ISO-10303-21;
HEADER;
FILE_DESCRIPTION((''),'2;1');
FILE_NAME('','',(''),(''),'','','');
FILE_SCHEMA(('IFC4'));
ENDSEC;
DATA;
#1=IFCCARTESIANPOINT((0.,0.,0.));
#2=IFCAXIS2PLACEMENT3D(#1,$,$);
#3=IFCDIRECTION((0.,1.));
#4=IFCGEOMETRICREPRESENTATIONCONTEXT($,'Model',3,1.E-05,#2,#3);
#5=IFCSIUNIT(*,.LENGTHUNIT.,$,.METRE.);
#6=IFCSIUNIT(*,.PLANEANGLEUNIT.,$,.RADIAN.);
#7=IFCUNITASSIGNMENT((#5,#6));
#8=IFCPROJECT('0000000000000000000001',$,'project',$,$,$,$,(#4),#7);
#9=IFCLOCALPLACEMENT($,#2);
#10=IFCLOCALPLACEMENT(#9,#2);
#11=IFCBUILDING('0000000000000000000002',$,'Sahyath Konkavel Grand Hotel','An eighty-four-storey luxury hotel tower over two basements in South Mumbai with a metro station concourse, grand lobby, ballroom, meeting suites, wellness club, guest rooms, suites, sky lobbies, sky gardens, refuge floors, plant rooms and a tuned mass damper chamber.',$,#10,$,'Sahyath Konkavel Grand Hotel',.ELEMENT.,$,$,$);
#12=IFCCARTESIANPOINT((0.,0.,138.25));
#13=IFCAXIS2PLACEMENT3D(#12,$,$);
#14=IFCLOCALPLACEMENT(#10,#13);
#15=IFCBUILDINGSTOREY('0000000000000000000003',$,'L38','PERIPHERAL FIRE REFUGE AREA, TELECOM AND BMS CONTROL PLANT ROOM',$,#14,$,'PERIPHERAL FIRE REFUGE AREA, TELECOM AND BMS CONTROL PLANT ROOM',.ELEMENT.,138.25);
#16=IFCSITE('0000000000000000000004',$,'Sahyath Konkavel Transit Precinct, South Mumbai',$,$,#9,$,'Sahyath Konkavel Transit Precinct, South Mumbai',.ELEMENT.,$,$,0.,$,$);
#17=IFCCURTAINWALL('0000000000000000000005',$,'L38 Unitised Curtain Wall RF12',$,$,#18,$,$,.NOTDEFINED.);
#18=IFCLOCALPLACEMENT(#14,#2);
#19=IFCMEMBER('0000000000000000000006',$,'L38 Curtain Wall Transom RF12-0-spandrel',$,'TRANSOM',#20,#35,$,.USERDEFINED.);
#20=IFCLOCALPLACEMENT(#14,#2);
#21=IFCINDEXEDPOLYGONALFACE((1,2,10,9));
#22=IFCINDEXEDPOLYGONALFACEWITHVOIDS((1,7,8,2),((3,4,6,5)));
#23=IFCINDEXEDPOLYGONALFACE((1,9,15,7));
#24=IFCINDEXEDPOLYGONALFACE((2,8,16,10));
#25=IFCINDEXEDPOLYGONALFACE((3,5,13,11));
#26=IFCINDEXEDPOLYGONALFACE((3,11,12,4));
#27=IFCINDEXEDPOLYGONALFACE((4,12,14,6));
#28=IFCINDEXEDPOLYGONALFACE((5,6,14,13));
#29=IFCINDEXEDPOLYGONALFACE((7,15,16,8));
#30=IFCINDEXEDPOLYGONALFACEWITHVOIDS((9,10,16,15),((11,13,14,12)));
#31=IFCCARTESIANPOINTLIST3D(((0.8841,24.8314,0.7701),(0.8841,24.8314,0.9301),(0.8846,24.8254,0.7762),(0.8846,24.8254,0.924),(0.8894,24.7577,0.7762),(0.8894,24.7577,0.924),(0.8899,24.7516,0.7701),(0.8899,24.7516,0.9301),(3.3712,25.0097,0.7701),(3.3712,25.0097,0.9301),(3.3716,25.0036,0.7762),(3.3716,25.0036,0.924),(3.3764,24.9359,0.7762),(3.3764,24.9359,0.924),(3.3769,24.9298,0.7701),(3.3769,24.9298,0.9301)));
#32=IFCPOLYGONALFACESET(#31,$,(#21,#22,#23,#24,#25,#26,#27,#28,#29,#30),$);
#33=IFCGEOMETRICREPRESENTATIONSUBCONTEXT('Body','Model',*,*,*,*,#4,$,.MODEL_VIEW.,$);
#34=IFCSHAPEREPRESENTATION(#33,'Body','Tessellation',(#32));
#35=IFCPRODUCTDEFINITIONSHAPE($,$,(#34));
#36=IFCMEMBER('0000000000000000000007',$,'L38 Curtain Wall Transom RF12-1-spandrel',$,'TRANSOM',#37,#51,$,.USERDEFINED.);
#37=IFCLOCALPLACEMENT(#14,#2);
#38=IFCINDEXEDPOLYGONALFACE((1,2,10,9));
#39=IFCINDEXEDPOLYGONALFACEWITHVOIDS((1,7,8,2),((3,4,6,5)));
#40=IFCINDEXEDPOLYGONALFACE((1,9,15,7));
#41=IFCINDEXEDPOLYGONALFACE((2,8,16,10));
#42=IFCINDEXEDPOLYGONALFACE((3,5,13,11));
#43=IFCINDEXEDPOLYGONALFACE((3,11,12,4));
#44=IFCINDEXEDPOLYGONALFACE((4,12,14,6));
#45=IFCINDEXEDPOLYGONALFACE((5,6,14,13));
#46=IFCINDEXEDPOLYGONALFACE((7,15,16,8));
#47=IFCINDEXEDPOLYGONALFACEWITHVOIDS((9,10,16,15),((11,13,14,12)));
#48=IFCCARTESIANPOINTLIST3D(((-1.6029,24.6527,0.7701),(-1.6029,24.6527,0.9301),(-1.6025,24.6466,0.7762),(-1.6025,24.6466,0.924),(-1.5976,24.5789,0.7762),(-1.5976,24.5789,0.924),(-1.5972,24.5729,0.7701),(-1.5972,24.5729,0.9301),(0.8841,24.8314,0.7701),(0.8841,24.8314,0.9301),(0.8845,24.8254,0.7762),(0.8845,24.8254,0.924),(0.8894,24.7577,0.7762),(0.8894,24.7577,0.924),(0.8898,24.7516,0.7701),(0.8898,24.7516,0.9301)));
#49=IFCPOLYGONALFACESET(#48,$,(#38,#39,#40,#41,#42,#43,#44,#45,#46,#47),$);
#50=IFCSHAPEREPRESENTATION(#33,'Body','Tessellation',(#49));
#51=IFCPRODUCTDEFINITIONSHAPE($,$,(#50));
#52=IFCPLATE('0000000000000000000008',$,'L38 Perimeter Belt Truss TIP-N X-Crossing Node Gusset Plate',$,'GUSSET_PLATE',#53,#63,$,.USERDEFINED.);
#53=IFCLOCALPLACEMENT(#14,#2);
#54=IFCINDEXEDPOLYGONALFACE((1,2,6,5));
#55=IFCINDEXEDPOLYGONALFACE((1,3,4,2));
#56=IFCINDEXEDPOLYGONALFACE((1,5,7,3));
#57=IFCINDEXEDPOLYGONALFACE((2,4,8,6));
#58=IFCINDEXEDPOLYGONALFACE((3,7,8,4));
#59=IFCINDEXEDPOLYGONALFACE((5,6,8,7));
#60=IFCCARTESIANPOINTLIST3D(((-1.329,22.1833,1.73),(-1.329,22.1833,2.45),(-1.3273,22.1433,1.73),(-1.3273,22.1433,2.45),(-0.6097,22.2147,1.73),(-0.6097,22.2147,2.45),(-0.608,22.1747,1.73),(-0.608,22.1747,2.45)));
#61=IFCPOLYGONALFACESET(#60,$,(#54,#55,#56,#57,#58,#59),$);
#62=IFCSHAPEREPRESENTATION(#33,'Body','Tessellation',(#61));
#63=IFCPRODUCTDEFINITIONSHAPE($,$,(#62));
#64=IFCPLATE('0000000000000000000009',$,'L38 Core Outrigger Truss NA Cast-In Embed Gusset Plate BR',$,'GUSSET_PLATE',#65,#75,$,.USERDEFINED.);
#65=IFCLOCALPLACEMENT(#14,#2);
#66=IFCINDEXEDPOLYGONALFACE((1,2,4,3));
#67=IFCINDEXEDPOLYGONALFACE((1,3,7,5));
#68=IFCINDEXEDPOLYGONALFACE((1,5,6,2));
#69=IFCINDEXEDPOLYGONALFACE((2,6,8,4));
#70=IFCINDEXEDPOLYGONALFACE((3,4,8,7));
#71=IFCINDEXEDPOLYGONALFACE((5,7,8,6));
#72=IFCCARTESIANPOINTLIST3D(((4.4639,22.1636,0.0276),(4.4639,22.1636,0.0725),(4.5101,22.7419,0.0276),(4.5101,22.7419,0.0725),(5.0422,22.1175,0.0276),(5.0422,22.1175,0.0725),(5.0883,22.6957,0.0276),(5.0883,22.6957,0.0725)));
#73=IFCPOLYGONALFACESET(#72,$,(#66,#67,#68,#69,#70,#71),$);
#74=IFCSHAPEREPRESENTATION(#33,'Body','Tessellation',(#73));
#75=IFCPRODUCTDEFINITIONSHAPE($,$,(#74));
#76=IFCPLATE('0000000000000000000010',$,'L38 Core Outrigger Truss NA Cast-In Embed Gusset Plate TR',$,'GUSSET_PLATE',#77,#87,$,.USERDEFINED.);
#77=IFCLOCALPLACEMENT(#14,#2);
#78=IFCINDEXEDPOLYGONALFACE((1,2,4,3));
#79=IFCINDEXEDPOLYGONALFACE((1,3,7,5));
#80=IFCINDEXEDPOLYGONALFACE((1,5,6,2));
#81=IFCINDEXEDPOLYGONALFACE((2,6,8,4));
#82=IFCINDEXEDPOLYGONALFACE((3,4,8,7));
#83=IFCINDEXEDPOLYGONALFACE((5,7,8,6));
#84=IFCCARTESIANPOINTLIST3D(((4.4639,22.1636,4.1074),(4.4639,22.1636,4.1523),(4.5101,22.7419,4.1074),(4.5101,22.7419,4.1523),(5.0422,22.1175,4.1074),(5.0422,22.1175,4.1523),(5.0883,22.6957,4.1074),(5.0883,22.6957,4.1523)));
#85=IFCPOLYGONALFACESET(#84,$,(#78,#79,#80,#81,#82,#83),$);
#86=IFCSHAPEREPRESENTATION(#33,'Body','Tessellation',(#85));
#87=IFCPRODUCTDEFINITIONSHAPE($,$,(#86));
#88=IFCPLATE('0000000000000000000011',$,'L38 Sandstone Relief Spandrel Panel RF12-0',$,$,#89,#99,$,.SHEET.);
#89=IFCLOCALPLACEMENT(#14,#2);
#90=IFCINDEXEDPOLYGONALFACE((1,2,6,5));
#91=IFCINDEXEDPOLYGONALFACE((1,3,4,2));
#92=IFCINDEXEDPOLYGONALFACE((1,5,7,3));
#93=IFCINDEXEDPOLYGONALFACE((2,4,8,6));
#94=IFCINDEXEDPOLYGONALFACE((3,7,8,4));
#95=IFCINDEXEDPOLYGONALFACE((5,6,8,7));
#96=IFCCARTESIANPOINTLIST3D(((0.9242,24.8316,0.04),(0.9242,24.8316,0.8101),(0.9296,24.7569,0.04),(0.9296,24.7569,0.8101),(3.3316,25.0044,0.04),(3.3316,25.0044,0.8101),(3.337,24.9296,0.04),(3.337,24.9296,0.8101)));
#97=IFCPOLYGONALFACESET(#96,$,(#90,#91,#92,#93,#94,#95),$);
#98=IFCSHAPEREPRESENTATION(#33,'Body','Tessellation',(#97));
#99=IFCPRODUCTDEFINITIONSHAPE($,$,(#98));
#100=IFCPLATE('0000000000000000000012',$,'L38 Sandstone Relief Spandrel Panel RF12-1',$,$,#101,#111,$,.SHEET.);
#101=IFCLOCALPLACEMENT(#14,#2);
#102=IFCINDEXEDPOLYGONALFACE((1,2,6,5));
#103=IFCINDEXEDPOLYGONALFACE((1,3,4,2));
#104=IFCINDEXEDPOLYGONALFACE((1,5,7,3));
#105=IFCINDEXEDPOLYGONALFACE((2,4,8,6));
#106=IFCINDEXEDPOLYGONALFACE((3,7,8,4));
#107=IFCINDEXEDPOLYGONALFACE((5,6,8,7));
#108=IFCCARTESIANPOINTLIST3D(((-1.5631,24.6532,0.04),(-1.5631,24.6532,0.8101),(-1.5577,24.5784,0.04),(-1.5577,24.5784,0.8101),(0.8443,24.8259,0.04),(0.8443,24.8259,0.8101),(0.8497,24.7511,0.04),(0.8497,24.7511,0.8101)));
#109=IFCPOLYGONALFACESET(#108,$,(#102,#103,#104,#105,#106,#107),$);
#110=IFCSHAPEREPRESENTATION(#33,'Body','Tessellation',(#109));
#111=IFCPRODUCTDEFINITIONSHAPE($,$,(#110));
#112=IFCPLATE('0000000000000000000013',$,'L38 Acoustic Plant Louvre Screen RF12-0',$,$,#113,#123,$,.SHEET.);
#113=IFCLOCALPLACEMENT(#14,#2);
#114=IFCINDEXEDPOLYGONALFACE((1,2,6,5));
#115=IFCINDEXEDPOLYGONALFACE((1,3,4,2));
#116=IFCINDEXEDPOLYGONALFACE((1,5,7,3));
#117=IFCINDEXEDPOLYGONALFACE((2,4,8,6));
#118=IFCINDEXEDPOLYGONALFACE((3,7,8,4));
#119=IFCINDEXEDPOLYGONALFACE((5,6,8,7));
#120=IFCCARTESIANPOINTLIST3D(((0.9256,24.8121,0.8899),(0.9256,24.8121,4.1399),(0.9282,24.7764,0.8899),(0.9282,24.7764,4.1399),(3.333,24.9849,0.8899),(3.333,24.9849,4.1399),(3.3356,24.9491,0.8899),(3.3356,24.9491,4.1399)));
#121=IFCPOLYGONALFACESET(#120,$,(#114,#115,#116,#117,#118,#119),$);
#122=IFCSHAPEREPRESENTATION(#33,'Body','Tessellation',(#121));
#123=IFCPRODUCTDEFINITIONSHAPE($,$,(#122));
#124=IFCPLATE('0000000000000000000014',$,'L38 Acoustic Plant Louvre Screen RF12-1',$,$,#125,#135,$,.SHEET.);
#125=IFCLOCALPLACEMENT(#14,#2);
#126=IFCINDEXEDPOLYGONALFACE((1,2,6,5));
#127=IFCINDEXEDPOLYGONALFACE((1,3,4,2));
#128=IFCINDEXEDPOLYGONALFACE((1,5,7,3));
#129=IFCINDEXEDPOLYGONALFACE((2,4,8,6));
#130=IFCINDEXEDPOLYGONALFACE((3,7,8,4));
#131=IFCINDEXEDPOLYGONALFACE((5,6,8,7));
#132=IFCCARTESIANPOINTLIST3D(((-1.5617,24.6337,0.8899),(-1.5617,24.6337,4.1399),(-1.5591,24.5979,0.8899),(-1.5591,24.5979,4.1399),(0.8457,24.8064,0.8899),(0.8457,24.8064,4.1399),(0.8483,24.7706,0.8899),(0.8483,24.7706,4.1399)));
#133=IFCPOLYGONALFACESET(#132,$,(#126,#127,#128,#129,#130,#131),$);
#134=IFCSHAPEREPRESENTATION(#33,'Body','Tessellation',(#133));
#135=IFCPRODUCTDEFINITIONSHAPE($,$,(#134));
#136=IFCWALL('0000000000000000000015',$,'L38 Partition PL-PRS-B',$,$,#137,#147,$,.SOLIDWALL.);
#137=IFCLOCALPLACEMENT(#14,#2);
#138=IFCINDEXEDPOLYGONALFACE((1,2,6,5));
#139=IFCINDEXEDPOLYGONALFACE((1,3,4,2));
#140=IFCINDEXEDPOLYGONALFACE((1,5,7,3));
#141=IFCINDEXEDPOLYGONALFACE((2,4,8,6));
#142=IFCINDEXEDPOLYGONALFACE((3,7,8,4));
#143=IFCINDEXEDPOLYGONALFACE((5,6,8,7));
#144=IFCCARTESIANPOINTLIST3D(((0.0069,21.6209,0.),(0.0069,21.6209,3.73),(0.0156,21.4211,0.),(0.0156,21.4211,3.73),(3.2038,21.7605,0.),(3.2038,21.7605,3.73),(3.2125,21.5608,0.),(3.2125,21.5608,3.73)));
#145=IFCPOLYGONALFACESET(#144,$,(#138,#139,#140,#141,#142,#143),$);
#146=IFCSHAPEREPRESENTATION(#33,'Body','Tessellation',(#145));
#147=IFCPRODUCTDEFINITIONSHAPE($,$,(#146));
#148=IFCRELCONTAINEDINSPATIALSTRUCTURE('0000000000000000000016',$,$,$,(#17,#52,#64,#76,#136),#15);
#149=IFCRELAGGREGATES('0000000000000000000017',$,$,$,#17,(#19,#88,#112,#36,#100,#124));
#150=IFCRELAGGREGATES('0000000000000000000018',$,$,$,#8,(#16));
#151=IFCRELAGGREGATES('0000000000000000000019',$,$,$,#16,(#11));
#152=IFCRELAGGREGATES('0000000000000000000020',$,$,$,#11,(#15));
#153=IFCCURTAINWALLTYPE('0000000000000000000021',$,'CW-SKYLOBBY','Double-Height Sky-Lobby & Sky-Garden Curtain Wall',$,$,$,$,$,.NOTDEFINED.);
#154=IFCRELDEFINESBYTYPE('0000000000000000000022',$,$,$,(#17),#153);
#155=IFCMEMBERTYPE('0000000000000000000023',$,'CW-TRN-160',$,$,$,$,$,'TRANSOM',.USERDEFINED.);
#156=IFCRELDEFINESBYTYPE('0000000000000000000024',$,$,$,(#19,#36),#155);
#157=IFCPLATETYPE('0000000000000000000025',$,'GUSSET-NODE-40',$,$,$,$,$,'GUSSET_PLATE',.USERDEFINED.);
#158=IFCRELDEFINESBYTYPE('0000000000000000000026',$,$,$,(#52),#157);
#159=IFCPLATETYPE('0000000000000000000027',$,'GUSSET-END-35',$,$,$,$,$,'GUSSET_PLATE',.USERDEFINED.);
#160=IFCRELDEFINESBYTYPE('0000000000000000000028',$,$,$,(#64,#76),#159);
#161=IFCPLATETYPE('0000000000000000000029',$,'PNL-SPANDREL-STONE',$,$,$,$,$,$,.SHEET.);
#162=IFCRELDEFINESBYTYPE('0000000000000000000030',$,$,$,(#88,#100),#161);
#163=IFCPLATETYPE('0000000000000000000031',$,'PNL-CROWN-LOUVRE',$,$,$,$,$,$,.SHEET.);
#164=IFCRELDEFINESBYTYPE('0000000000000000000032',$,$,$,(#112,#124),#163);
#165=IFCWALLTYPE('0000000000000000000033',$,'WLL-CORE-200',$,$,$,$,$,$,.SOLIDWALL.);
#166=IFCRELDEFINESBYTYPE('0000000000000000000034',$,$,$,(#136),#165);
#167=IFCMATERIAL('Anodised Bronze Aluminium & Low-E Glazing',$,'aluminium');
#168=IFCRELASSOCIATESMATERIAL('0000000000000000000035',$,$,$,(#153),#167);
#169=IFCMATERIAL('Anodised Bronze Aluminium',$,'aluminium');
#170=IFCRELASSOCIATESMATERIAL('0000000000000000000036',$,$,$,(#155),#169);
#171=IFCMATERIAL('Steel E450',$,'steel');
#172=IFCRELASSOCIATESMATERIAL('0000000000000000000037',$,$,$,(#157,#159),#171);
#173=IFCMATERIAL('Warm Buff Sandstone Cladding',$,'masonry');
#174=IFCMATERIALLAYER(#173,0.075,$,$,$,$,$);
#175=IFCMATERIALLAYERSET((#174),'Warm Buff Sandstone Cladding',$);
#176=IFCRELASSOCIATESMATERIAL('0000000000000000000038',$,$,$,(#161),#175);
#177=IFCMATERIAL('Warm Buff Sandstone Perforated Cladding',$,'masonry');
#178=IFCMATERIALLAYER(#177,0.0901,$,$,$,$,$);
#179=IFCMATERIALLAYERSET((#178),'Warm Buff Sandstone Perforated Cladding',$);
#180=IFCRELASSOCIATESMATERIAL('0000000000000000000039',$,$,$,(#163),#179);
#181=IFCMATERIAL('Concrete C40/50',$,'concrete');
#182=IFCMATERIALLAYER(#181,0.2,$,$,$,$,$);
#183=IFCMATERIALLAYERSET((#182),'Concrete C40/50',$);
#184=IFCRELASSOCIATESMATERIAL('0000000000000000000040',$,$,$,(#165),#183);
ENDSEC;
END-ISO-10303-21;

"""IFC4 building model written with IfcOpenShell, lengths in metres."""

from ifc_helpers import new_model, si_unit, direction, frame, frame_2d, origin, origin_2d, place, context, subcontext, project, spatial, rectangle, hollow_rectangle, extrude, source, transform, mapped, material, layer, layer_set, material_profile, profile_set, type_object, element, aggregate, save


model = new_model("IFC4")

# Units and contexts
model_context = context("Model", 3, precision=1e-05, world=origin(), true_north=direction((0.0, 1.0)))
body_context = subcontext(model_context, "Body", "Model", "MODEL_VIEW")
ifc_project = project(units=[si_unit("LENGTHUNIT", "METRE"), si_unit("PLANEANGLEUNIT", "RADIAN")], contexts=[model_context])

# Site, building, storey
site_placement = place(None, origin())
site = spatial("IfcSite", under=ifc_project, at=site_placement, Name="Sahyath Konkavel Transit Precinct, South Mumbai", LongName="Sahyath Konkavel Transit Precinct, South Mumbai", CompositionType="ELEMENT", RefElevation=0.0)
building_placement = place(site_placement, origin())
building = spatial("IfcBuilding", under=site, at=building_placement, Name="Sahyath Konkavel Grand Hotel", Description="An eighty-four-storey luxury hotel tower over two basements in South Mumbai with a metro station concourse, grand lobby, ballroom, meeting suites, wellness club, guest rooms, suites, sky lobbies, sky gardens, refuge floors, plant rooms and a tuned mass damper chamber.", LongName="Sahyath Konkavel Grand Hotel", CompositionType="ELEMENT")
storey_placement = place(building_placement, frame((0.0, 0.0, 138.25)))
storey = spatial("IfcBuildingStorey", under=building, at=storey_placement, Name="L38", Description="PERIPHERAL FIRE REFUGE AREA, TELECOM AND BMS CONTROL PLANT ROOM", LongName="PERIPHERAL FIRE REFUGE AREA, TELECOM AND BMS CONTROL PLANT ROOM", CompositionType="ELEMENT", Elevation=138.25)

# Shared definitions
ifc_material_1 = material(Name="Steel E450", Category="steel")

# Shared definitions
ifc_material_2 = material(Name="Anodised Bronze Aluminium & Low-E Glazing", Category="aluminium")
curtain_wall_type = type_object("IfcCurtainWallType", Name="CW-SKYLOBBY", Description="Double-Height Sky-Lobby & Sky-Garden Curtain Wall", PredefinedType="NOTDEFINED", material=ifc_material_2)
ifc_material_3 = material(Name="Anodised Bronze Aluminium", Category="aluminium")

# Curtain wall, members
curtain_wall_1_placement = place(storey_placement, origin())
curtain_wall_1 = element("IfcCurtainWall", 1, at=curtain_wall_1_placement, inside=storey, type_object=curtain_wall_type, Name="L38 Unitised Curtain Wall RF12", PredefinedType="NOTDEFINED")
ifc_material_profile_1 = material_profile(ifc_material_3, hollow_rectangle(XDim=0.0801, YDim=0.1599, WallThickness=0.0061, at=origin_2d()), Name="RHS 160x80x6")
ifc_profile_set_1 = profile_set([ifc_material_profile_1], Name="Anodised Bronze Aluminium")
member_type_1 = type_object("IfcMemberType", Name="CW-TRN-160", ElementType="TRANSOM", PredefinedType="USERDEFINED", material=ifc_profile_set_1)
shared_shape_1 = source(origin(), body_context, "Body", "SweptSolid", [
    extrude(hollow_rectangle(XDim=0.0801, YDim=0.1599, WallThickness=0.0061, at=origin_2d()), origin(), (0.0, 0.0, 1.0), 2.4934),
])
member_1_placement = place(storey_placement, frame((3.374, 24.9697, 0.8501), z_axis=(-0.997442, -0.071477, 0.0), x_axis=(0.071477, -0.997442, 0.0)))
member_1 = element("IfcMember", 2, at=member_1_placement, type_object=member_type_1, Name="L38 Curtain Wall Transom RF12-0-spandrel", ObjectType="TRANSOM", PredefinedType="USERDEFINED", context=body_context, shape_type="MappedRepresentation", body=[
    mapped(shared_shape_1, transform((0.0, 0.0, 0.0), scale=1.0)),
])
member_2_placement = place(storey_placement, frame((0.887, 24.7915, 0.8501), z_axis=(-0.997428, -0.071671, 0.0), x_axis=(0.071671, -0.997428, 0.0)))
member_2 = element("IfcMember", 3, at=member_2_placement, type_object=member_type_1, Name="L38 Curtain Wall Transom RF12-1-spandrel", ObjectType="TRANSOM", PredefinedType="USERDEFINED", context=body_context, shape_type="MappedRepresentation", body=[
    mapped(shared_shape_1, transform((0.0, 0.0, 0.0), scale=1.0)),
])

# Plates
plate_type_1 = type_object("IfcPlateType", Name="GUSSET-NODE-40", ElementType="GUSSET_PLATE", PredefinedType="USERDEFINED", material=ifc_material_1)
shared_shape_2 = source(origin(), body_context, "Body", "SweptSolid", [
    extrude(rectangle(XDim=0.72, YDim=0.04, at=origin_2d()), origin(), (0.0, 0.0, 1.0), 0.72),
])
plate_1_placement = place(storey_placement, frame((-0.9685, 22.179, 1.73), z_axis=(0.0, 0.0, 1.0), x_axis=(-0.999048, -0.043619, 0.0)))
element("IfcPlate", 4, at=plate_1_placement, inside=storey, type_object=plate_type_1, Name="L38 Perimeter Belt Truss TIP-N X-Crossing Node Gusset Plate", ObjectType="GUSSET_PLATE", PredefinedType="USERDEFINED", context=body_context, shape_type="MappedRepresentation", body=[
    mapped(shared_shape_2, transform((0.0, 0.0, 0.0), scale=1.0)),
])
plate_type_2 = type_object("IfcPlateType", Name="GUSSET-END-35", ElementType="GUSSET_PLATE", PredefinedType="USERDEFINED", material=ifc_material_1)
shared_shape_3 = source(origin(), body_context, "Body", "SweptSolid", [
    extrude(rectangle(XDim=0.5801, YDim=0.5801, at=origin_2d()), origin(), (0.0, 0.0, 1.0), 0.0449),
])
for number, where, z_axis, x_axis, name in (
    (5, (4.7761, 22.4297, 0.0276), (0.0, 0.0, 1.0), (0.079573, 0.996829, 0.0), "L38 Core Outrigger Truss NA Cast-In Embed Gusset Plate BR"),
    (6, (4.7761, 22.4297, 4.1074), (0.0, 0.0, 1.0), (0.079573, 0.996829, 0.0), "L38 Core Outrigger Truss NA Cast-In Embed Gusset Plate TR"),
):
    element("IfcPlate", number, at=place(storey_placement, frame(where, z_axis=z_axis, x_axis=x_axis)), inside=storey, type_object=plate_type_2, Name=name, ObjectType="GUSSET_PLATE", PredefinedType="USERDEFINED", context=body_context, shape_type="MappedRepresentation", body=[
        mapped(shared_shape_3, transform((0.0, 0.0, 0.0), scale=1.0)),
    ])

# Plates
ifc_material_4 = material(Name="Warm Buff Sandstone Cladding", Category="masonry")
ifc_layer_1 = layer(ifc_material_4, 0.075)
ifc_layer_set_1 = layer_set([ifc_layer_1], Name="Warm Buff Sandstone Cladding")
plate_type_3 = type_object("IfcPlateType", Name="PNL-SPANDREL-STONE", PredefinedType="SHEET", material=ifc_layer_set_1)
shared_shape_4 = source(origin(), body_context, "Body", "SweptSolid", [
    extrude(rectangle(XDim=2.4136, YDim=0.075, at=origin_2d()), origin(), (0.0, 0.0, 1.0), 0.77),
])
plate_2_placement = place(storey_placement, frame((2.1306, 24.8806, 0.04), z_axis=(0.0, 0.0, 1.0), x_axis=(-0.997436, -0.071567, 0.0)))
plate_2 = element("IfcPlate", 7, at=plate_2_placement, type_object=plate_type_3, Name="L38 Sandstone Relief Spandrel Panel RF12-0", PredefinedType="SHEET", context=body_context, shape_type="MappedRepresentation", body=[
    mapped(shared_shape_4, transform((0.0, 0.0, 0.0), scale=1.0)),
])
plate_3_placement = place(storey_placement, frame((-0.3567, 24.7021, 0.04), z_axis=(0.0, 0.0, 1.0), x_axis=(-0.997436, -0.071567, 0.0)))
plate_3 = element("IfcPlate", 8, at=plate_3_placement, type_object=plate_type_3, Name="L38 Sandstone Relief Spandrel Panel RF12-1", PredefinedType="SHEET", context=body_context, shape_type="MappedRepresentation", body=[
    mapped(shared_shape_4, transform((0.0, 0.0, 0.0), scale=1.0)),
])
ifc_material_5 = material(Name="Warm Buff Sandstone Perforated Cladding", Category="masonry")
ifc_layer_2 = layer(ifc_material_5, 0.0901)
ifc_layer_set_2 = layer_set([ifc_layer_2], Name="Warm Buff Sandstone Perforated Cladding")
plate_type_4 = type_object("IfcPlateType", Name="PNL-CROWN-LOUVRE", PredefinedType="SHEET", material=ifc_layer_set_2)
shared_shape_5 = source(origin(), body_context, "Body", "SweptSolid", [
    extrude(rectangle(XDim=2.4136, YDim=0.0359, at=origin_2d()), origin(), (0.0, 0.0, 1.0), 3.25),
])
plate_4_placement = place(storey_placement, frame((2.1306, 24.8806, 0.8899), z_axis=(0.0, 0.0, 1.0), x_axis=(-0.997436, -0.071567, 0.0)))
plate_4 = element("IfcPlate", 9, at=plate_4_placement, type_object=plate_type_4, Name="L38 Acoustic Plant Louvre Screen RF12-0", PredefinedType="SHEET", context=body_context, shape_type="MappedRepresentation", body=[
    mapped(shared_shape_5, transform((0.0, 0.0, 0.0), scale=1.0)),
])
plate_5_placement = place(storey_placement, frame((-0.3567, 24.7021, 0.8899), z_axis=(0.0, 0.0, 1.0), x_axis=(-0.997436, -0.071567, 0.0)))
plate_5 = element("IfcPlate", 10, at=plate_5_placement, type_object=plate_type_4, Name="L38 Acoustic Plant Louvre Screen RF12-1", PredefinedType="SHEET", context=body_context, shape_type="MappedRepresentation", body=[
    mapped(shared_shape_5, transform((0.0, 0.0, 0.0), scale=1.0)),
])
aggregate(curtain_wall_1, [member_1, plate_2, plate_4, member_2, plate_3, plate_5])

# Wall
ifc_material_6 = material(Name="Concrete C40/50", Category="concrete")
ifc_layer_3 = layer(ifc_material_6, 0.2)
ifc_layer_set_3 = layer_set([ifc_layer_3], Name="Concrete C40/50")
wall_type = type_object("IfcWallType", Name="WLL-CORE-200", PredefinedType="SOLIDWALL", material=ifc_layer_set_3)
wall_placement = place(storey_placement, frame((3.2083, 21.6606, 0.0), z_axis=(0.0, 0.0, 1.0), x_axis=(-0.999047, -0.043639, 0.0)))
element("IfcWall", 11, at=wall_placement, inside=storey, type_object=wall_type, Name="L38 Partition PL-PRS-B", PredefinedType="SOLIDWALL", context=body_context, shape_type="SweptSolid", body=[
    extrude(rectangle(XDim=3.2, YDim=0.2, at=frame_2d((1.6001, 0.0))), origin(), (0.0, 0.0, 1.0), 3.73),
])

save(model, "model.ifc")
